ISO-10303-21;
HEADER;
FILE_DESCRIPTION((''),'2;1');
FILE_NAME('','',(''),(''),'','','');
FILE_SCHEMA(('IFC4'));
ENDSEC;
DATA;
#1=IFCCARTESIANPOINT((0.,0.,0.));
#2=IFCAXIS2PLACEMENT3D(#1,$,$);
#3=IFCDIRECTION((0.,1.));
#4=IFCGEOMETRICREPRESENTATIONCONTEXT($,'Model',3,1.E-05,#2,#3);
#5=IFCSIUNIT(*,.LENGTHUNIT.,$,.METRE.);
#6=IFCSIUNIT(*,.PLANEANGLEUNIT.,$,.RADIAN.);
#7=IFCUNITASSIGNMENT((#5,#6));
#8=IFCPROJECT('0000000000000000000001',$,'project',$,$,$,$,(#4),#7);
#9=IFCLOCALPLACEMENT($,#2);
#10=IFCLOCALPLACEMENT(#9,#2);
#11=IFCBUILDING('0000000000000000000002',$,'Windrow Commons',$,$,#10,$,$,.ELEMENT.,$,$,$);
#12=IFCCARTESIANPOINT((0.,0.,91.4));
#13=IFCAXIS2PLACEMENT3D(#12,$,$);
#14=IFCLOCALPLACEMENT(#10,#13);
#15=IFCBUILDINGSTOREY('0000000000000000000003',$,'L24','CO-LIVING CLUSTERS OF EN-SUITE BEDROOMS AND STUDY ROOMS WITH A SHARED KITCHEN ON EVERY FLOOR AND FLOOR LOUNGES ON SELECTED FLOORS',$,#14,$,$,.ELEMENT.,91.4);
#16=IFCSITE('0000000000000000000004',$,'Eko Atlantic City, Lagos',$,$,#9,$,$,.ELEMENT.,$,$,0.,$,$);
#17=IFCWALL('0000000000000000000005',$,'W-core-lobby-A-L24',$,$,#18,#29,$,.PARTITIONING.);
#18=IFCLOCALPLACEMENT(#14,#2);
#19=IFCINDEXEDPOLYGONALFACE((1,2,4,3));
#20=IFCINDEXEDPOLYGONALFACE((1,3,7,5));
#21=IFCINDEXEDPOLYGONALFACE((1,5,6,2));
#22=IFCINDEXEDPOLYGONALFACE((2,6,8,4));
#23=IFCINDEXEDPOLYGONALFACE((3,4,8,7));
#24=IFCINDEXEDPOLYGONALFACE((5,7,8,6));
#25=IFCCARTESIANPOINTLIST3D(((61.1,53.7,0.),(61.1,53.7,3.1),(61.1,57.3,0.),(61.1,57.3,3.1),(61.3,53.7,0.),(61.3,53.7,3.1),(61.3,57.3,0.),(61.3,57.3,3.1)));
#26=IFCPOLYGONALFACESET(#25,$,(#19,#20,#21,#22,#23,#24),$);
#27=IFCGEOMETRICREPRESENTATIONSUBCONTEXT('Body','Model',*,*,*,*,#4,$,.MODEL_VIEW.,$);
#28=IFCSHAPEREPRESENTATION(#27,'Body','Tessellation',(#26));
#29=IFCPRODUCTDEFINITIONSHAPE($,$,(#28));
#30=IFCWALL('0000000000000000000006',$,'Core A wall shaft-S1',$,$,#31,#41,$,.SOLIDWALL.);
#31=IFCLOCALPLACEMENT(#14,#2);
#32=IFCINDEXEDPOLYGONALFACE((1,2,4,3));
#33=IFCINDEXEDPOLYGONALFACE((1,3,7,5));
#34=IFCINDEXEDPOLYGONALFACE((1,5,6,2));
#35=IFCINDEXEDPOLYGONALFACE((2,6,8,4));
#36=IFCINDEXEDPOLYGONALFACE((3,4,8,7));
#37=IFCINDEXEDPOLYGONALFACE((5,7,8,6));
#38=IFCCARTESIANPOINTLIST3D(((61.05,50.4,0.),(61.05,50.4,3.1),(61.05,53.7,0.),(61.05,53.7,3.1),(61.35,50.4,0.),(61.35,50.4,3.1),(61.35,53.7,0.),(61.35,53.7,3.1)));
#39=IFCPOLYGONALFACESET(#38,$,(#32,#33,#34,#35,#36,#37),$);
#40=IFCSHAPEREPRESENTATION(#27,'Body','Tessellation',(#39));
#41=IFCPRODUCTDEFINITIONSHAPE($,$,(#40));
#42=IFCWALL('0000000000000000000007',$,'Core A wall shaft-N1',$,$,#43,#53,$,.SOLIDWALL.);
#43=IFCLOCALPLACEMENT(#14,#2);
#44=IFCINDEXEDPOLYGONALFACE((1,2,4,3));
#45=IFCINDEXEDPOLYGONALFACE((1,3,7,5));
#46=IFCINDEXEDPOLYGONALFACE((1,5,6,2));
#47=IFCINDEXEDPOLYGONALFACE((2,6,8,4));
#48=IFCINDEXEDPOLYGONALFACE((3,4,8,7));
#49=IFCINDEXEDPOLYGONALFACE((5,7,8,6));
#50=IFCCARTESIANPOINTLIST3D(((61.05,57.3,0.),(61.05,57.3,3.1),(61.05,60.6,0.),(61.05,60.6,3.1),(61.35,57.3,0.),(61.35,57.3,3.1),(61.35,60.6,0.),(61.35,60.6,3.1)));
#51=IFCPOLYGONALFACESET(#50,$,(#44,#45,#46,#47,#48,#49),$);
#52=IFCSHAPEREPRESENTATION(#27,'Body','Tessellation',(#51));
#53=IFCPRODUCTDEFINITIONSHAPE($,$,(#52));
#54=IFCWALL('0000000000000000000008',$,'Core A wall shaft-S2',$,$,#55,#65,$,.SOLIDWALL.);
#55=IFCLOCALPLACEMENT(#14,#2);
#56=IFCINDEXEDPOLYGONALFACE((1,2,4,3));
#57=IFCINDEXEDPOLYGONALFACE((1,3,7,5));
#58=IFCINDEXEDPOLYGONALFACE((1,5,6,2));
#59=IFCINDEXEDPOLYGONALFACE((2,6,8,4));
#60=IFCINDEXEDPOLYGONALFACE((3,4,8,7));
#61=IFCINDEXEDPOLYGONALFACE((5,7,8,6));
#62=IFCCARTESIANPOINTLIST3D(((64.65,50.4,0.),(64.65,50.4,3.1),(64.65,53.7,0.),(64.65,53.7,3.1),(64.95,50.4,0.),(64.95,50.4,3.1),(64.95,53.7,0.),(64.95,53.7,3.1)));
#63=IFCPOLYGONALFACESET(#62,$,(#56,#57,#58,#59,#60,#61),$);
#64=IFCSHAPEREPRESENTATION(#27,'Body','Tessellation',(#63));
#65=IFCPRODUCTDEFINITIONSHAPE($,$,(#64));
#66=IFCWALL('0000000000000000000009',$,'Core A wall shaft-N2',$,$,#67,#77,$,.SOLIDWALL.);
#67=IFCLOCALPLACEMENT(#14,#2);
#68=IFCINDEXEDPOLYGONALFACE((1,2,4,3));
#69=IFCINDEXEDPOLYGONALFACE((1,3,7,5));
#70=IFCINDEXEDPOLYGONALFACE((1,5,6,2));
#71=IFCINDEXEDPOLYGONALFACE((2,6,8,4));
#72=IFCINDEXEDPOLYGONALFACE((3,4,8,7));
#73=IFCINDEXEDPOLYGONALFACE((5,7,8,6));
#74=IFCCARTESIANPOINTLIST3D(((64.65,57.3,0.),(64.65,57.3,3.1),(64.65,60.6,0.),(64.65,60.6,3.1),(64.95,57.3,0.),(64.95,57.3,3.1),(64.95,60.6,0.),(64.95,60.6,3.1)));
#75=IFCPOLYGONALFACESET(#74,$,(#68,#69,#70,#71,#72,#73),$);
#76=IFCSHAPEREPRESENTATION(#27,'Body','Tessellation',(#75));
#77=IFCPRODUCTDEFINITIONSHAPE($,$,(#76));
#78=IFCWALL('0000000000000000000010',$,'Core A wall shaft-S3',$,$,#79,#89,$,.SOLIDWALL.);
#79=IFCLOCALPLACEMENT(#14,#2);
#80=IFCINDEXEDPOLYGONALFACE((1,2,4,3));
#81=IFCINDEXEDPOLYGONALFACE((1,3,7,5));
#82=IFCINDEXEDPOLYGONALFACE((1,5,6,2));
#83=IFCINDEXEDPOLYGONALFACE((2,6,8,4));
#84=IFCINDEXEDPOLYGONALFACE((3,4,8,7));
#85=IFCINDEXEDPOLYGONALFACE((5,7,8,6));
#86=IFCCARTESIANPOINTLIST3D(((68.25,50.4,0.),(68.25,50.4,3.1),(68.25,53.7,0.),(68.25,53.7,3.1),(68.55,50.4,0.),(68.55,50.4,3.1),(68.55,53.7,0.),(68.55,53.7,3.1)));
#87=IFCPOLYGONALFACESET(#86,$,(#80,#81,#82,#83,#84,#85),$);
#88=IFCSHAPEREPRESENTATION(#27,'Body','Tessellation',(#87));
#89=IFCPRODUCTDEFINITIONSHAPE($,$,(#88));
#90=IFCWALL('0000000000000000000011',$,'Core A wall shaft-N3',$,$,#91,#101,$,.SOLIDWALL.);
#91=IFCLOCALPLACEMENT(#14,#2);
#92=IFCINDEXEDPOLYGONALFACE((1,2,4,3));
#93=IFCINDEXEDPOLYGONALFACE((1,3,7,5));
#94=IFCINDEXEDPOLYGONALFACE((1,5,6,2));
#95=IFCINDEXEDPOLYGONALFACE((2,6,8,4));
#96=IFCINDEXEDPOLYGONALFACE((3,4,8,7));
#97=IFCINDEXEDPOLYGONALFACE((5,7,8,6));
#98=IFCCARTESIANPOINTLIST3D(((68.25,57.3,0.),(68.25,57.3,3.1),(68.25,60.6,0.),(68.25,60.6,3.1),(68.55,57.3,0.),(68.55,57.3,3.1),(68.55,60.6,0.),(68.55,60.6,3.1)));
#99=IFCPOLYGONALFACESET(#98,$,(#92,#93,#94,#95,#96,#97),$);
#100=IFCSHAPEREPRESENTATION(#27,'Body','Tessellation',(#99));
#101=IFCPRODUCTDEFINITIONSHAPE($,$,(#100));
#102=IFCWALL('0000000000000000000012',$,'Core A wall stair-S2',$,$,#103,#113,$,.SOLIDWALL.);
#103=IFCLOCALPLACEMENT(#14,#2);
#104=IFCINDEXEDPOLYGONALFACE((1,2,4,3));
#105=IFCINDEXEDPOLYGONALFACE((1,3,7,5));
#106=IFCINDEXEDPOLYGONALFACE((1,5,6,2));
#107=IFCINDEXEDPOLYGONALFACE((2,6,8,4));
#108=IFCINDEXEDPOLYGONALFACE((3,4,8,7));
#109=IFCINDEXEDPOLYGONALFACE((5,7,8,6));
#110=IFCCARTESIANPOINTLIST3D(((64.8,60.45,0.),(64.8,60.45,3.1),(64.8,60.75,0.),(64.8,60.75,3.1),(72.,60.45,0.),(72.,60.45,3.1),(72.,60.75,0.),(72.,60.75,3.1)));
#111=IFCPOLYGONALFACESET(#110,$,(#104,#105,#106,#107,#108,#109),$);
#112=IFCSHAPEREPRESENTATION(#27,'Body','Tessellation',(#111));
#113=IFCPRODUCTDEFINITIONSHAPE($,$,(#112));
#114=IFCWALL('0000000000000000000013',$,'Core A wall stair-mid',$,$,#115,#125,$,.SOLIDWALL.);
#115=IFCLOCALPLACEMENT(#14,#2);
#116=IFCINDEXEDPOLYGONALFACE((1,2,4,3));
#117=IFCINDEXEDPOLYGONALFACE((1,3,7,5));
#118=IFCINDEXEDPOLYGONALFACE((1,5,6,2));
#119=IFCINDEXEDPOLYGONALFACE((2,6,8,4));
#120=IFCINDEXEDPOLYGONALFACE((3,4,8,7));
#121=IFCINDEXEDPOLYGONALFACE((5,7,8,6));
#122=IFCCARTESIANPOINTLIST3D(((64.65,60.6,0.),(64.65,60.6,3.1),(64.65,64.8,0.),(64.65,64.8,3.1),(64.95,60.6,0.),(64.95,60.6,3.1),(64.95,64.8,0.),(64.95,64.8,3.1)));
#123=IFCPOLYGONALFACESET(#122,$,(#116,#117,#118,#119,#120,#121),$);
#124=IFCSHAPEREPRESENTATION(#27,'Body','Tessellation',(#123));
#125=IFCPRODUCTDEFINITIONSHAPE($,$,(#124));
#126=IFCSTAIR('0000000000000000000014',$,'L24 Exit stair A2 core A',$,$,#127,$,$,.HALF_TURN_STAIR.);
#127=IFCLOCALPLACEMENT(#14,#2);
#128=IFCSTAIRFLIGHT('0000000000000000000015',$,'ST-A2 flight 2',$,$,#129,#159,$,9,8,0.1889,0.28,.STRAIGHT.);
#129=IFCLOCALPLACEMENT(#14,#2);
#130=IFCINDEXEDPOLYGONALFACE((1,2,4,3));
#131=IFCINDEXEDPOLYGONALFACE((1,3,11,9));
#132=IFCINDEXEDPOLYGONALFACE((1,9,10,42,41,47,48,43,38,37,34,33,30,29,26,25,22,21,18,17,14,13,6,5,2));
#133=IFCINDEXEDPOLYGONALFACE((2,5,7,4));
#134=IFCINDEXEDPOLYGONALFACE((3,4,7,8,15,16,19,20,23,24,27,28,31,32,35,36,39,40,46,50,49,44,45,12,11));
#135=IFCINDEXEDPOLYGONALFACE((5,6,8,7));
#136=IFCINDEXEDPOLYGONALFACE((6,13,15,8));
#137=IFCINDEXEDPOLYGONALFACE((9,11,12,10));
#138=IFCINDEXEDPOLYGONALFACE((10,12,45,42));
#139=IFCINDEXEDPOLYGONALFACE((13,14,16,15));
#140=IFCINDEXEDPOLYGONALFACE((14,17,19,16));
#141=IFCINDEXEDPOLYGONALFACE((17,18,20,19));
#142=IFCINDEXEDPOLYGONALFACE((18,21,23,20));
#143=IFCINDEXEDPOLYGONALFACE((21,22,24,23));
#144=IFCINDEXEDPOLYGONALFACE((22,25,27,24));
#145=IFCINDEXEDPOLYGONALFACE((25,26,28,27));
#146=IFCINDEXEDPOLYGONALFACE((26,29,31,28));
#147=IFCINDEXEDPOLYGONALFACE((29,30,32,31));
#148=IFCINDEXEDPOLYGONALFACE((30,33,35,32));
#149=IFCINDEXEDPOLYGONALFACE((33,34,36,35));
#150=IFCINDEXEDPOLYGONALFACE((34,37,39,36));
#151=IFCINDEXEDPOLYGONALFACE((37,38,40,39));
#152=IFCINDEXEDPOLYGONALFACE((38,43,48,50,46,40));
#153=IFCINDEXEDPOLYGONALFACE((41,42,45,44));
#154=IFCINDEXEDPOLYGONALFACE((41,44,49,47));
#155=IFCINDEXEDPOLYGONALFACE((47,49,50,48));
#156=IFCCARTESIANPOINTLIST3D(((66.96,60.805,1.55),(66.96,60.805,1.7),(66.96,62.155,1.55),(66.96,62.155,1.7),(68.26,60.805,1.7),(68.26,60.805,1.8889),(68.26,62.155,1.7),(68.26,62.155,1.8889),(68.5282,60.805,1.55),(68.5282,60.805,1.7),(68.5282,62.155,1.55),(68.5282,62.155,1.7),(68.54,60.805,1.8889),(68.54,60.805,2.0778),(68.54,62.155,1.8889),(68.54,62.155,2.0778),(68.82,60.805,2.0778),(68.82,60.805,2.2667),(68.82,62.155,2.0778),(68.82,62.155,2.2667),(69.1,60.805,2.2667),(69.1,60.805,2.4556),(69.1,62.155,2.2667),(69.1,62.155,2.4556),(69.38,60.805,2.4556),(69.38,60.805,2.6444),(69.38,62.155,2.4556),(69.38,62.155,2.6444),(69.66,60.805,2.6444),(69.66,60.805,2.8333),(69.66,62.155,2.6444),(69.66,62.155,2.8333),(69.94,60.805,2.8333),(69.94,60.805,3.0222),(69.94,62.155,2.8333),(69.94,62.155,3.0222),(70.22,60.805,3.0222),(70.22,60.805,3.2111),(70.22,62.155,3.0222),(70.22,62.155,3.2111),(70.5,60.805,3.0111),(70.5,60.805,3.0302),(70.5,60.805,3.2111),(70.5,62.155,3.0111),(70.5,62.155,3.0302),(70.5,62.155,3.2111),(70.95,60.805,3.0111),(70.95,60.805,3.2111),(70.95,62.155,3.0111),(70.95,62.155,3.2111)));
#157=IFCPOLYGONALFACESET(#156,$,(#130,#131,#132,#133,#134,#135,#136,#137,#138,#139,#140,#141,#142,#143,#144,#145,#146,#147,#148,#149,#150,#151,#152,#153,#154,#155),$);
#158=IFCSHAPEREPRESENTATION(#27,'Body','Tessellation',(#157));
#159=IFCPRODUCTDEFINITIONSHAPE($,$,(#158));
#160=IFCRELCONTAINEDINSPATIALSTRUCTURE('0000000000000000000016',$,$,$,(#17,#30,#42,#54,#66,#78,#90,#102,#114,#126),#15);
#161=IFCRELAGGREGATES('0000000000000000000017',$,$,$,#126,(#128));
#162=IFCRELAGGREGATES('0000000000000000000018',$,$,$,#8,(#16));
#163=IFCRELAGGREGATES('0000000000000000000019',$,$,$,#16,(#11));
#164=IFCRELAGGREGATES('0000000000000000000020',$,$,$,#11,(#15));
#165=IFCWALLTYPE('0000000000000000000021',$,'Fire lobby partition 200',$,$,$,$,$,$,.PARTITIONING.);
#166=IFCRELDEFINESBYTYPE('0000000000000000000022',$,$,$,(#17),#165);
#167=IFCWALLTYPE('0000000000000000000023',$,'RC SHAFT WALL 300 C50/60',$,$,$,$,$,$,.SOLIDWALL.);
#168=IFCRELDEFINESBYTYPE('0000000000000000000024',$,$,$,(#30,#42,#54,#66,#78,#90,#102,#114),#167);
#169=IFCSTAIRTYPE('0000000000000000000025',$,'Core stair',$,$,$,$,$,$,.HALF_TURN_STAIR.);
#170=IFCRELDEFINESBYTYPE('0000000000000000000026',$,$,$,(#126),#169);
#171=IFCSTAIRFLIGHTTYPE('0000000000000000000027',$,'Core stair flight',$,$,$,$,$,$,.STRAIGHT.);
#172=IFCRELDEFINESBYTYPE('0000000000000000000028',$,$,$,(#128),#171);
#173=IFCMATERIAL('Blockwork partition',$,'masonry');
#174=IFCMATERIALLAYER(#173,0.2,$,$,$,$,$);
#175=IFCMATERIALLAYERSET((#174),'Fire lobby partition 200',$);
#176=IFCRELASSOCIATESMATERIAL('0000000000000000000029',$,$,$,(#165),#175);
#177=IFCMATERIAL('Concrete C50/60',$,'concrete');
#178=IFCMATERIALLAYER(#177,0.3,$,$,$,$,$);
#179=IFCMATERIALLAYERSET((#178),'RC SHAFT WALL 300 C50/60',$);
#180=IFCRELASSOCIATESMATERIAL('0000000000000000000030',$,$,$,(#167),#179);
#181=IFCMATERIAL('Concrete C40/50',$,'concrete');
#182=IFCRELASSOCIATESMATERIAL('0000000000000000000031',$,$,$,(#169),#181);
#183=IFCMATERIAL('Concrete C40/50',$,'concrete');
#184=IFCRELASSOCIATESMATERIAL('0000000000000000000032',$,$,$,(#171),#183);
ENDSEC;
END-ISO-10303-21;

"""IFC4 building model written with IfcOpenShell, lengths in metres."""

from ifc_helpers import new_model, si_unit, direction, frame, frame_2d, origin, place, context, subcontext, project, spatial, polyline, rectangle, outline, extrude, material, layer, layer_set, type_object, element, aggregate, save


model = new_model("IFC4")

# Units and contexts
model_context = context("Model", 3, precision=1e-05, world=origin(), true_north=direction((0.0, 1.0)))
body_context = subcontext(model_context, "Body", "Model", "MODEL_VIEW")
ifc_project = project(units=[si_unit("LENGTHUNIT", "METRE"), si_unit("PLANEANGLEUNIT", "RADIAN")], contexts=[model_context])

# Site, building, storey
site_placement = place(None, origin())
site = spatial("IfcSite", under=ifc_project, at=site_placement, Name="Eko Atlantic City, Lagos", CompositionType="ELEMENT", RefElevation=0.0)
building_placement = place(site_placement, origin())
building = spatial("IfcBuilding", under=site, at=building_placement, Name="Windrow Commons", CompositionType="ELEMENT")
storey_placement = place(building_placement, frame((0.0, 0.0, 91.4)))
storey = spatial("IfcBuildingStorey", under=building, at=storey_placement, Name="L24", Description="CO-LIVING CLUSTERS OF EN-SUITE BEDROOMS AND STUDY ROOMS WITH A SHARED KITCHEN ON EVERY FLOOR AND FLOOR LOUNGES ON SELECTED FLOORS", CompositionType="ELEMENT", Elevation=91.4)

# Walls
ifc_material_1 = material(Name="Blockwork partition", Category="masonry")
ifc_layer_1 = layer(ifc_material_1, 0.2)
ifc_layer_set_1 = layer_set([ifc_layer_1], Name="Fire lobby partition 200")
wall_type_1 = type_object("IfcWallType", Name="Fire lobby partition 200", PredefinedType="PARTITIONING", material=ifc_layer_set_1)
wall_1_placement = place(storey_placement, frame((61.2, 53.7, 0.0), z_axis=(0.0, 0.0, 1.0), x_axis=(0.0, 1.0, 0.0)))
element("IfcWall", 1, at=wall_1_placement, inside=storey, type_object=wall_type_1, Name="W-core-lobby-A-L24", PredefinedType="PARTITIONING", context=body_context, shape_type="SweptSolid", body=[
    extrude(rectangle(XDim=3.6, YDim=0.2, at=frame_2d((1.8, 0.0))), origin(), (0.0, 0.0, 1.0), 3.1),
])
ifc_material_2 = material(Name="Concrete C50/60", Category="concrete")
ifc_layer_2 = layer(ifc_material_2, 0.3)
ifc_layer_set_2 = layer_set([ifc_layer_2], Name="RC SHAFT WALL 300 C50/60")
wall_type_2 = type_object("IfcWallType", Name="RC SHAFT WALL 300 C50/60", PredefinedType="SOLIDWALL", material=ifc_layer_set_2)
for number, where, z_axis, x_axis, name in (
    (2, (61.2, 50.4, 0.0), (0.0, 0.0, 1.0), (0.0, 1.0, 0.0), "Core A wall shaft-S1"),
    (3, (61.2, 57.3, 0.0), (0.0, 0.0, 1.0), (0.0, 1.0, 0.0), "Core A wall shaft-N1"),
    (4, (64.8, 50.4, 0.0), (0.0, 0.0, 1.0), (0.0, 1.0, 0.0), "Core A wall shaft-S2"),
    (5, (64.8, 57.3, 0.0), (0.0, 0.0, 1.0), (0.0, 1.0, 0.0), "Core A wall shaft-N2"),
    (6, (68.4, 50.4, 0.0), (0.0, 0.0, 1.0), (0.0, 1.0, 0.0), "Core A wall shaft-S3"),
    (7, (68.4, 57.3, 0.0), (0.0, 0.0, 1.0), (0.0, 1.0, 0.0), "Core A wall shaft-N3"),
):
    element("IfcWall", number, at=place(storey_placement, frame(where, z_axis=z_axis, x_axis=x_axis)), inside=storey, type_object=wall_type_2, Name=name, PredefinedType="SOLIDWALL", context=body_context, shape_type="SweptSolid", body=[
        extrude(rectangle(XDim=3.3, YDim=0.3, at=frame_2d((1.65, 0.0))), origin(), (0.0, 0.0, 1.0), 3.1),
    ])
wall_2_placement = place(storey_placement, frame((64.8, 60.6, 0.0), z_axis=(0.0, 0.0, 1.0), x_axis=(1.0, 0.0, 0.0)))
element("IfcWall", 8, at=wall_2_placement, inside=storey, type_object=wall_type_2, Name="Core A wall stair-S2", PredefinedType="SOLIDWALL", context=body_context, shape_type="SweptSolid", body=[
    extrude(rectangle(XDim=7.2, YDim=0.3, at=frame_2d((3.6, 0.0))), origin(), (0.0, 0.0, 1.0), 3.1),
])
wall_3_placement = place(storey_placement, frame((64.8, 60.6, 0.0), z_axis=(0.0, 0.0, 1.0), x_axis=(0.0, 1.0, 0.0)))
element("IfcWall", 9, at=wall_3_placement, inside=storey, type_object=wall_type_2, Name="Core A wall stair-mid", PredefinedType="SOLIDWALL", context=body_context, shape_type="SweptSolid", body=[
    extrude(rectangle(XDim=4.2, YDim=0.3, at=frame_2d((2.1, 0.0))), origin(), (0.0, 0.0, 1.0), 3.1),
])

# Stair, stair flight
ifc_material_3 = material(Name="Concrete C40/50", Category="concrete")
stair_type = type_object("IfcStairType", Name="Core stair", PredefinedType="HALF_TURN_STAIR", material=ifc_material_3)
stair_placement = place(storey_placement, origin())
stair = element("IfcStair", 10, at=stair_placement, inside=storey, type_object=stair_type, Name="L24 Exit stair A2 core A", PredefinedType="HALF_TURN_STAIR")
ifc_material_4 = material(Name="Concrete C40/50", Category="concrete")
stair_flight_type = type_object("IfcStairFlightType", Name="Core stair flight", PredefinedType="STRAIGHT", material=ifc_material_4)
stair_flight_placement = place(storey_placement, frame((68.26, 61.48, 1.7), z_axis=(0.0, 0.0, 1.0), x_axis=(1.0, 0.0, 0.0)))
stair_flight = element("IfcStairFlight", 11, at=stair_flight_placement, type_object=stair_flight_type, Name="ST-A2 flight 2", NumberOfRisers=9, NumberOfTreads=8, PredefinedType="STRAIGHT", RiserHeight=0.1889, TreadLength=0.28, context=body_context, shape_type="SweptSolid", body=[
    extrude(outline(polyline([(-1.3, -0.15), (-1.3, 0.0), (0.0, 0.0), (0.0, 0.1889), (0.28, 0.1889), (0.28, 0.3778), (0.56, 0.3778), (0.56, 0.5667), (0.84, 0.5667), (0.84, 0.7556), (1.12, 0.7556), (1.12, 0.9444), (1.4, 0.9444), (1.4, 1.1333), (1.68, 1.1333), (1.68, 1.3222), (1.96, 1.3222), (1.96, 1.5111), (2.24, 1.5111), (2.69, 1.5111), (2.69, 1.3111), (2.24, 1.3111), (2.24, 1.3302), (0.2682, 0.0), (0.2682, -0.15), (-1.3, -0.15)])), frame((0.0, 0.675, 0.0), z_axis=(0.0, -1.0, 0.0), x_axis=(1.0, 0.0, 0.0)), (0.0, 0.0, 1.0), 1.35),
])
aggregate(stair, [stair_flight])

save(model, "model.ifc")
